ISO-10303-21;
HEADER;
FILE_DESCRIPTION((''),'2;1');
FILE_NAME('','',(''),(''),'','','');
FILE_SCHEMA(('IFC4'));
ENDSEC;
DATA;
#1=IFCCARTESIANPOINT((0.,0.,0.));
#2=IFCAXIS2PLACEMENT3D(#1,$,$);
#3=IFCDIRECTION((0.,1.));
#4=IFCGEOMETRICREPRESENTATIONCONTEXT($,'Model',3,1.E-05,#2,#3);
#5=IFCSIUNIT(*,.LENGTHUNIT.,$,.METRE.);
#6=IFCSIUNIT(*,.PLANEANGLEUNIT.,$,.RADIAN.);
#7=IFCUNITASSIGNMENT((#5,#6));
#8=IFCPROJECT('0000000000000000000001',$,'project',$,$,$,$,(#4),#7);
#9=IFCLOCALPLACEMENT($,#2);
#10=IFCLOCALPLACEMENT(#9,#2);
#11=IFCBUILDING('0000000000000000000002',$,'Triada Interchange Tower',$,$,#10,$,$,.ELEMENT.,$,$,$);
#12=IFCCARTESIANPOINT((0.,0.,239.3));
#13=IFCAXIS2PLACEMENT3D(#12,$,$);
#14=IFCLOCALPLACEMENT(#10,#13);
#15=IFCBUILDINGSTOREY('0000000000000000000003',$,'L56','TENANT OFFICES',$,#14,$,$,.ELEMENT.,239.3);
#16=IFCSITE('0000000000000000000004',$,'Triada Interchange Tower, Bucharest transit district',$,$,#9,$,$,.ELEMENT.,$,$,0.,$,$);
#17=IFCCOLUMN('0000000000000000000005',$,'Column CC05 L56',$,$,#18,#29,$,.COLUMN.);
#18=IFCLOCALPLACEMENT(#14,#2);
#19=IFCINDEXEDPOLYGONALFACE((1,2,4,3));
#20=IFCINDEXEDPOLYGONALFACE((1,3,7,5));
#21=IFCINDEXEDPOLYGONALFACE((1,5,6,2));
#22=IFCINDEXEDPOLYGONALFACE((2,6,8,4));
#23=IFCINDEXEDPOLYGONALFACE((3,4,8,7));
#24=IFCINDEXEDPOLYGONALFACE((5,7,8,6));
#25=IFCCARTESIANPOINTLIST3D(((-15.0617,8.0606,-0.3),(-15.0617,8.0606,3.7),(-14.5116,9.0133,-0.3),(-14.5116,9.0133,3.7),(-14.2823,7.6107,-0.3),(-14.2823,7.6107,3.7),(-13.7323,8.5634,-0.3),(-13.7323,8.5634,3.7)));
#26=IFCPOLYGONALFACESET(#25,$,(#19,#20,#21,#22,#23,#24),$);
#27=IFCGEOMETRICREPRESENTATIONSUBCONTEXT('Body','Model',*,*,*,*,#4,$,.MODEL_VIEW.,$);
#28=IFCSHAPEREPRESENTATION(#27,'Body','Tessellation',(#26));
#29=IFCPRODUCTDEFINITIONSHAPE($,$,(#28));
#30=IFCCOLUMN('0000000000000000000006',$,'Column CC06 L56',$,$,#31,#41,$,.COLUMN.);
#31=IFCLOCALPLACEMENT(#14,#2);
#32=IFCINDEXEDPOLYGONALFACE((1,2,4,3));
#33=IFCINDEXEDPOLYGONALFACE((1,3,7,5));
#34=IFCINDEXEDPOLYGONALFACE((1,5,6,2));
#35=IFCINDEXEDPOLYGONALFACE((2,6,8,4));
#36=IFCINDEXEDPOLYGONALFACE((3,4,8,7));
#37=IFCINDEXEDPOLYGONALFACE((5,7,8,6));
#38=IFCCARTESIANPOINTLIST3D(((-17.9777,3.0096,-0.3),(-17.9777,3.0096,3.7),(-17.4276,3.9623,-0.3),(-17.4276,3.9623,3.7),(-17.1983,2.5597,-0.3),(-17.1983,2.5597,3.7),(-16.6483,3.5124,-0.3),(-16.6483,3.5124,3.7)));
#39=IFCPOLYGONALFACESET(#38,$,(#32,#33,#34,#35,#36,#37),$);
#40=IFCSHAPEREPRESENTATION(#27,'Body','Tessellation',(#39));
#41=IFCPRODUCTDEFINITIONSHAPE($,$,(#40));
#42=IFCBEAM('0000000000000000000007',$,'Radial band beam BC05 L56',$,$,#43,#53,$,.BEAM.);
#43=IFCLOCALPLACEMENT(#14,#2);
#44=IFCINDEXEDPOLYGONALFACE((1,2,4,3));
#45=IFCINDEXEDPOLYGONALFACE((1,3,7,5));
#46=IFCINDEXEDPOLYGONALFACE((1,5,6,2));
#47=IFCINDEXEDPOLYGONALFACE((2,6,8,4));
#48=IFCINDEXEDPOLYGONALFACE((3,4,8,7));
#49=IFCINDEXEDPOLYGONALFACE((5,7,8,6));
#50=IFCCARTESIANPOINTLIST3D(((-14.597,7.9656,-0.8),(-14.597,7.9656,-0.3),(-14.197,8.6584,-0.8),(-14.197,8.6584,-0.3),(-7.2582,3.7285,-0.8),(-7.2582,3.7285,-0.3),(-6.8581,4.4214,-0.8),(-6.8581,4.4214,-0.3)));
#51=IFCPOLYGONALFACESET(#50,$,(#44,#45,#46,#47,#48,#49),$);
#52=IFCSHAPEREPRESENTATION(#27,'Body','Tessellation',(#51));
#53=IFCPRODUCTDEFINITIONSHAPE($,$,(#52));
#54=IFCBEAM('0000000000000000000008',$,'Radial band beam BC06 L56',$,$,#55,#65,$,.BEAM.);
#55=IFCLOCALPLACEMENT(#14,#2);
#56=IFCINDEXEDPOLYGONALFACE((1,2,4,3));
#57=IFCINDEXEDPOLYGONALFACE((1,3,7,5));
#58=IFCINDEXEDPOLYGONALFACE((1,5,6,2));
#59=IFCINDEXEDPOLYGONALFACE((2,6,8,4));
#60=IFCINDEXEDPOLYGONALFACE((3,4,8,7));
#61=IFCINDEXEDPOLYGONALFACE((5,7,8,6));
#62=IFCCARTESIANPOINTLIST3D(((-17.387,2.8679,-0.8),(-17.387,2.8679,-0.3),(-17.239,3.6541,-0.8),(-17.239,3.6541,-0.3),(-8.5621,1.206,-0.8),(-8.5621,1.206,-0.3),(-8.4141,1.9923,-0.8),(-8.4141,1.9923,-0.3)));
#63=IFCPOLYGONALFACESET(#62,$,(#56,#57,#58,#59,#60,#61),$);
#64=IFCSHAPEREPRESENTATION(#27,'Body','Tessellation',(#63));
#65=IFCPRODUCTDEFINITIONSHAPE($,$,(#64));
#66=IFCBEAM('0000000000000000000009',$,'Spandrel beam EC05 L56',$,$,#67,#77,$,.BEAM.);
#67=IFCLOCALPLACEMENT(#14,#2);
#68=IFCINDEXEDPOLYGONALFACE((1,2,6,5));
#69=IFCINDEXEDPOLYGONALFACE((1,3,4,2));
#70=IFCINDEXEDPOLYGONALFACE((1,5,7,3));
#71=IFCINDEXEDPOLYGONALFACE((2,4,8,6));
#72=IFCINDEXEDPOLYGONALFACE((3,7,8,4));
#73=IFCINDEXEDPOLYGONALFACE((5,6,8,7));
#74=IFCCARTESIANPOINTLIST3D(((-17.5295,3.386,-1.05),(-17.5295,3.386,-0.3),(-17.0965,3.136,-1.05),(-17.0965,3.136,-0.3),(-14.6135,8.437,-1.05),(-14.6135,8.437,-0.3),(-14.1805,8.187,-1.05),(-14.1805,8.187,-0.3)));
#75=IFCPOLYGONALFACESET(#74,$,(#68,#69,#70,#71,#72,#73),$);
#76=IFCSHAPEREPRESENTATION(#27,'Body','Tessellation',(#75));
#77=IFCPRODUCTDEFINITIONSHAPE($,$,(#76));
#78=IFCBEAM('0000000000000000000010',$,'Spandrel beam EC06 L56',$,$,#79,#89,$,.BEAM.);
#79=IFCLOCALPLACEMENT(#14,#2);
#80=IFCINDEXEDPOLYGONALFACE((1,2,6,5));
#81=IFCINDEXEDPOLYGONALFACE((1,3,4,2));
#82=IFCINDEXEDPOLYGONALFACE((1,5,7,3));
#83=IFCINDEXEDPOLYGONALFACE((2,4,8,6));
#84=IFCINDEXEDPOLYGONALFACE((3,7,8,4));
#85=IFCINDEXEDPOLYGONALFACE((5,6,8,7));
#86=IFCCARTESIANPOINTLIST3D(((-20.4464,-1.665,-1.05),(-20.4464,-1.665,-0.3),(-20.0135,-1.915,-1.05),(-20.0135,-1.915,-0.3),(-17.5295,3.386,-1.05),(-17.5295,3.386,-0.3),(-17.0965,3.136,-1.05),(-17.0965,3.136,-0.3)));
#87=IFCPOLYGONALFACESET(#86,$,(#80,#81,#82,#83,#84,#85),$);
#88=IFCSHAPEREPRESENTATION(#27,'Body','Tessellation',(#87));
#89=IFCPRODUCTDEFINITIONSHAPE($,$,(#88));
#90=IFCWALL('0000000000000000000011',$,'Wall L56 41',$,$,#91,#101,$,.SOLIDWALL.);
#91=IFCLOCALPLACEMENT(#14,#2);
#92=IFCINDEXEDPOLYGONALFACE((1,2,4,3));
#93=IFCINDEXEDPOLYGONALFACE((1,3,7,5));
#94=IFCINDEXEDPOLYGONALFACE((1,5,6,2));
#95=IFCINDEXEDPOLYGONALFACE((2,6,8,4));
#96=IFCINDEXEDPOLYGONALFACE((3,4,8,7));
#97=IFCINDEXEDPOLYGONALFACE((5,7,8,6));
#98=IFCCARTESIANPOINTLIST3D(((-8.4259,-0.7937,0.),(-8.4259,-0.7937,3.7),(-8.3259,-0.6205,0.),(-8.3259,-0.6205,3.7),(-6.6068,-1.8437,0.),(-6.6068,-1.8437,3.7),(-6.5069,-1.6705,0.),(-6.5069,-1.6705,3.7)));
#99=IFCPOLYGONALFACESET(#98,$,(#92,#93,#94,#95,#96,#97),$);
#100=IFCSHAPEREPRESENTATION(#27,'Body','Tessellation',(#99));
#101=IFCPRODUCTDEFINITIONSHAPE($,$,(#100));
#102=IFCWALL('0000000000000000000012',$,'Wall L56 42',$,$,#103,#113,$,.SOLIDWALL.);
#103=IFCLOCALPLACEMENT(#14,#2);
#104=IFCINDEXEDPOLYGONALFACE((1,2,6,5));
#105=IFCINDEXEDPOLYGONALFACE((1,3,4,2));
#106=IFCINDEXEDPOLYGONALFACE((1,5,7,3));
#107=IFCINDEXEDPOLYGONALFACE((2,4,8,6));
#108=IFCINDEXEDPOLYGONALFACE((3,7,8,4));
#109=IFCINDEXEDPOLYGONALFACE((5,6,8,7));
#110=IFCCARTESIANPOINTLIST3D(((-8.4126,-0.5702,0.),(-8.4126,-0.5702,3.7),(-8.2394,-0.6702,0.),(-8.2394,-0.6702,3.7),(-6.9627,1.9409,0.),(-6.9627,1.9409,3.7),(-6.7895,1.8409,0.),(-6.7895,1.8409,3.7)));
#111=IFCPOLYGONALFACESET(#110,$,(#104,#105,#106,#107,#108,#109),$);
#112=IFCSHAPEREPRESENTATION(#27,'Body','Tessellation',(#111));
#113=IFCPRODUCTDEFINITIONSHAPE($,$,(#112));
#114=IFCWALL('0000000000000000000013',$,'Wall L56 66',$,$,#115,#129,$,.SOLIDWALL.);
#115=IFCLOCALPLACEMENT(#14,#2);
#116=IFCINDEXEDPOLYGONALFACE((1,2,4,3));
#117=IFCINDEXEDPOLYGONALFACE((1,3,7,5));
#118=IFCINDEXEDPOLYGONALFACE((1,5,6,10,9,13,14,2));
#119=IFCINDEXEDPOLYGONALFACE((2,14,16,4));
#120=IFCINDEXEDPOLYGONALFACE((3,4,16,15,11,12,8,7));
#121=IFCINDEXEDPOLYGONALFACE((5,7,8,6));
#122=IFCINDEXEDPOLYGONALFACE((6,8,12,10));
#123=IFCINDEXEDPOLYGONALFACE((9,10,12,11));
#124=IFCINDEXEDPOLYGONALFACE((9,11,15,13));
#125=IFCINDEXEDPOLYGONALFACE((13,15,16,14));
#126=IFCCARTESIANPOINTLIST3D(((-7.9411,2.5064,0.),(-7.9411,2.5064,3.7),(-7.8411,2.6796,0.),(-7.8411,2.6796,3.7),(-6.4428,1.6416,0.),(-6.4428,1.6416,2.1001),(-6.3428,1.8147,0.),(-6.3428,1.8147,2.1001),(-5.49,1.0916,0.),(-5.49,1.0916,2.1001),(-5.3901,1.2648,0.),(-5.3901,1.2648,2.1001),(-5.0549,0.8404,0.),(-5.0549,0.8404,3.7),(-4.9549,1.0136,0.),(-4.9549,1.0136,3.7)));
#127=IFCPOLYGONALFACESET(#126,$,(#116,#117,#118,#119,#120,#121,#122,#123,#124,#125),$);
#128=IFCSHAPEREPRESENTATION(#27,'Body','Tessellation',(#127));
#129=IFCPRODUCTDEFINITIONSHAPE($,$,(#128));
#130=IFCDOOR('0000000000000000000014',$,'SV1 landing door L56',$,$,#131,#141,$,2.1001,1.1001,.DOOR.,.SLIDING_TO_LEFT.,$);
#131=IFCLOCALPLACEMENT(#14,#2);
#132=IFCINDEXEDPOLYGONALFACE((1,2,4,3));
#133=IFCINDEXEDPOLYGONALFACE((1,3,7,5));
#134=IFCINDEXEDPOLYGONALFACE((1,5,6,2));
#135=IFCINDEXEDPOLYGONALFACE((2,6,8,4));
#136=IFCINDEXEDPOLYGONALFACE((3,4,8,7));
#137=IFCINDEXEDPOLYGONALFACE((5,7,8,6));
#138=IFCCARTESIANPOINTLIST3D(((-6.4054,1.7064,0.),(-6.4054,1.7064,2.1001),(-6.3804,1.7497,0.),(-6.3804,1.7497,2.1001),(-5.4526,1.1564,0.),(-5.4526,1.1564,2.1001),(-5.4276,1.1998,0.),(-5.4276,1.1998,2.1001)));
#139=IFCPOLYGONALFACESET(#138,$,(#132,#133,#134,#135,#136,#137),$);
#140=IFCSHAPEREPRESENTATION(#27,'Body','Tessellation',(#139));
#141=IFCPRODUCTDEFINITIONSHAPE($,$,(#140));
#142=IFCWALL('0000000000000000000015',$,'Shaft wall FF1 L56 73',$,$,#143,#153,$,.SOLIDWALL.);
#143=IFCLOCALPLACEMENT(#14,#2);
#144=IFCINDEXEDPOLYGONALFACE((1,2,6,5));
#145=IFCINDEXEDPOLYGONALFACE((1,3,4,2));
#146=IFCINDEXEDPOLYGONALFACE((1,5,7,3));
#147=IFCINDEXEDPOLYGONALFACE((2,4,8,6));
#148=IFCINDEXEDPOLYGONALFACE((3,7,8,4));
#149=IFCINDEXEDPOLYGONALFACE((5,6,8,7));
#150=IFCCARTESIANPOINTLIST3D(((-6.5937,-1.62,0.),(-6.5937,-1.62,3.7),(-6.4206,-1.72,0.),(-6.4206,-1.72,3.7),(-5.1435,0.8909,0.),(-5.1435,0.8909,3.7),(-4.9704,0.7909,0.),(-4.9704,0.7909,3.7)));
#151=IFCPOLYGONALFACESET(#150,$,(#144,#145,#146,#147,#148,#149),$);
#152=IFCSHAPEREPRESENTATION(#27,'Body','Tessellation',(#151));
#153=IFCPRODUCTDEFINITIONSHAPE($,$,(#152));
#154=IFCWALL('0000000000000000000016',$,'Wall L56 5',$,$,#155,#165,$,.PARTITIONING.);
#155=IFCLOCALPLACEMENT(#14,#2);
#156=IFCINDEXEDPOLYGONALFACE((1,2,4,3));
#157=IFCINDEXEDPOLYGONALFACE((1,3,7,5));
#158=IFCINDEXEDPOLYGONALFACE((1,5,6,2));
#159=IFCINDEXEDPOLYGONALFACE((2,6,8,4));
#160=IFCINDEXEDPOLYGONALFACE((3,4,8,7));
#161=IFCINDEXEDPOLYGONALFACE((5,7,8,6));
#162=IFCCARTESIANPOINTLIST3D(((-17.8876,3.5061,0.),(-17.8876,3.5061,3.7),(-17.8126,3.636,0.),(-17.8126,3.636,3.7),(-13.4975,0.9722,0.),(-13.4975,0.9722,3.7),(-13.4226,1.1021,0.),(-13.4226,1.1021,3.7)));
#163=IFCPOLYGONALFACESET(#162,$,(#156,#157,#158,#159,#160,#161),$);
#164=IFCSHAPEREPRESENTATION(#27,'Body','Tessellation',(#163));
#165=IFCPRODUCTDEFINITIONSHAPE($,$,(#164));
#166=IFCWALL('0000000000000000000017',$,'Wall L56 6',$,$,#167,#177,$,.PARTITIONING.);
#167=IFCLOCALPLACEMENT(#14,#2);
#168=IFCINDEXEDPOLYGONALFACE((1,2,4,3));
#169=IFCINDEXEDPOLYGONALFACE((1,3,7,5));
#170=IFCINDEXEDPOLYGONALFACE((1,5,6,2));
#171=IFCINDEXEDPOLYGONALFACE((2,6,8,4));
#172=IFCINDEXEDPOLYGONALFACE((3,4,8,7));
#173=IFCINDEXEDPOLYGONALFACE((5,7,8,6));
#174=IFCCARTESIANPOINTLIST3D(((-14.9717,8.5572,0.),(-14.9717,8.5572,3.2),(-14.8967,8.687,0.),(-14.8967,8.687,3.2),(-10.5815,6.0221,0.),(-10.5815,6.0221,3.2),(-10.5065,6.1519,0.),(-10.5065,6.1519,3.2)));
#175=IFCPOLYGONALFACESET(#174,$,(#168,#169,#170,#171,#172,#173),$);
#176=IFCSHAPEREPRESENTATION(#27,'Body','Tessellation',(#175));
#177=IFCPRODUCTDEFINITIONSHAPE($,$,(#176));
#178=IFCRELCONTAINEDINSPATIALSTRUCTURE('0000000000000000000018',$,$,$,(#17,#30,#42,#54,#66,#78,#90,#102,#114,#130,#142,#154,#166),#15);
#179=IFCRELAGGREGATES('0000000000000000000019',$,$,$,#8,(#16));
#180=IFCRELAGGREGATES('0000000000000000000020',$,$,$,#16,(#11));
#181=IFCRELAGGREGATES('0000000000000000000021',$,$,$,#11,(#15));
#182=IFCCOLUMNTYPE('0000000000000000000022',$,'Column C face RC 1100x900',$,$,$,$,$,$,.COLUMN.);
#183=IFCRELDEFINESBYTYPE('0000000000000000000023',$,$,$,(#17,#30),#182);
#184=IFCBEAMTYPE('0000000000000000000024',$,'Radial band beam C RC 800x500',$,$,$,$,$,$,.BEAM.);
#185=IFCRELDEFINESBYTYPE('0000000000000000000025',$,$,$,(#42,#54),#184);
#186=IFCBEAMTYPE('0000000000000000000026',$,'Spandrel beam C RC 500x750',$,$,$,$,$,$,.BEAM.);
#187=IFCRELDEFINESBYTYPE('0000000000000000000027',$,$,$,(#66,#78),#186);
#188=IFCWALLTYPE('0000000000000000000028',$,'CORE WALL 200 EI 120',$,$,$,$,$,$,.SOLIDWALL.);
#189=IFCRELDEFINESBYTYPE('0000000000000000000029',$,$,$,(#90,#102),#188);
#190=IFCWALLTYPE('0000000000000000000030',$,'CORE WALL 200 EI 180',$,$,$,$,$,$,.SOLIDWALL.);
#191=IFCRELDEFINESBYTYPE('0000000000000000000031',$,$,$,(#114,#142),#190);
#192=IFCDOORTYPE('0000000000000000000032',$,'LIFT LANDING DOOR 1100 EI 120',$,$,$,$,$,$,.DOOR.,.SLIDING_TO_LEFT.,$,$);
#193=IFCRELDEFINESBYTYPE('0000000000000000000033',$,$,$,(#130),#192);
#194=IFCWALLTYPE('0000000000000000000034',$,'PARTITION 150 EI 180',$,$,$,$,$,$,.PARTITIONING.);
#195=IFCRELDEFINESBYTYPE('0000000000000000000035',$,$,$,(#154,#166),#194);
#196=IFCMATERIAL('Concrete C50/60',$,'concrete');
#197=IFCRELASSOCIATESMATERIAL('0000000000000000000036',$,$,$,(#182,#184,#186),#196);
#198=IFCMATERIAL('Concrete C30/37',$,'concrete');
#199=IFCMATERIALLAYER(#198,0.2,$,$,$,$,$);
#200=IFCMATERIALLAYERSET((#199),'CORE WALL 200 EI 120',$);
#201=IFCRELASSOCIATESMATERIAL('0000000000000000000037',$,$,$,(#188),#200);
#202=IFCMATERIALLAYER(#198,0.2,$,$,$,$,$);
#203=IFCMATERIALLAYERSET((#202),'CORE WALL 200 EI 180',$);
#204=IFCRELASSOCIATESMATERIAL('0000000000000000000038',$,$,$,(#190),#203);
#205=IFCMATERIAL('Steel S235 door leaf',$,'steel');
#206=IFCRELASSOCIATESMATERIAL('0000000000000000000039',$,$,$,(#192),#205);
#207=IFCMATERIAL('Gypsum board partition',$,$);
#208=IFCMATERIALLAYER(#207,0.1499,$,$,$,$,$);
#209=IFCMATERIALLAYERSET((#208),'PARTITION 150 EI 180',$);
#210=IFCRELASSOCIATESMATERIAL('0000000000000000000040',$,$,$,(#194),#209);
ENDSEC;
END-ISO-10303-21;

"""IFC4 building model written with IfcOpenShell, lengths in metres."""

from ifc_helpers import new_model, si_unit, direction, frame, frame_2d, origin, origin_2d, place, context, subcontext, project, spatial, rectangle, extrude, material, layer, layer_set, material_profile, profile_set, type_object, element, fill, save


model = new_model("IFC4")

# Units and contexts
model_context = context("Model", 3, precision=1e-05, world=origin(), true_north=direction((0.0, 1.0)))
body_context = subcontext(model_context, "Body", "Model", "MODEL_VIEW")
ifc_project = project(units=[si_unit("LENGTHUNIT", "METRE"), si_unit("PLANEANGLEUNIT", "RADIAN")], contexts=[model_context])

# Site, building, storey
site_placement = place(None, origin())
site = spatial("IfcSite", under=ifc_project, at=site_placement, Name="Triada Interchange Tower, Bucharest transit district", CompositionType="ELEMENT", RefElevation=0.0)
building_placement = place(site_placement, origin())
building = spatial("IfcBuilding", under=site, at=building_placement, Name="Triada Interchange Tower", CompositionType="ELEMENT")
storey_placement = place(building_placement, frame((0.0, 0.0, 239.3)))
storey = spatial("IfcBuildingStorey", under=building, at=storey_placement, Name="L56", Description="TENANT OFFICES", CompositionType="ELEMENT", Elevation=239.3)

# Columns
ifc_material_1 = material(Name="Concrete C50/60", Category="concrete")
ifc_material_profile_1 = material_profile(ifc_material_1, rectangle(XDim=1.1001, YDim=0.8999, at=origin_2d()), Name="RC 1100x900")
ifc_profile_set_1 = profile_set([ifc_material_profile_1], Name="Concrete C50/60")
column_type = type_object("IfcColumnType", Name="Column C face RC 1100x900", PredefinedType="COLUMN", material=ifc_profile_set_1)
for number, where, z_axis, x_axis, name in (
    (1, (-14.397, 8.312, -0.3), (0.0, 0.0, 1.0), (0.5, 0.866025, 0.0), "Column CC05 L56"),
    (2, (-17.313, 3.261, -0.3), (0.0, 0.0, 1.0), (0.5, 0.866025, 0.0), "Column CC06 L56"),
):
    element("IfcColumn", number, at=place(storey_placement, frame(where, z_axis=z_axis, x_axis=x_axis)), inside=storey, type_object=column_type, Name=name, PredefinedType="COLUMN", context=body_context, shape_type="SweptSolid", body=[
        extrude(rectangle(XDim=1.1001, YDim=0.8999, at=origin_2d()), origin(), (0.0, 0.0, 1.0), 4.0),
    ])

# Beams
ifc_material_profile_2 = material_profile(ifc_material_1, rectangle(XDim=0.8, YDim=0.5, at=origin_2d()), Name="RC 800x500")
ifc_profile_set_2 = profile_set([ifc_material_profile_2], Name="Concrete C50/60")
beam_type_1 = type_object("IfcBeamType", Name="Radial band beam C RC 800x500", PredefinedType="BEAM", material=ifc_profile_set_2)
beam_1_placement = place(storey_placement, frame((-14.397, 8.312, -0.55), z_axis=(0.866027, -0.499997, 0.0), x_axis=(0.499997, 0.866027, 0.0)))
element("IfcBeam", 3, at=beam_1_placement, inside=storey, type_object=beam_type_1, Name="Radial band beam BC05 L56", PredefinedType="BEAM", context=body_context, shape_type="SweptSolid", body=[
    extrude(rectangle(XDim=0.8, YDim=0.5, at=origin_2d()), origin(), (0.0, 0.0, 1.0), 8.4741),
])
beam_2_placement = place(storey_placement, frame((-17.313, 3.261, -0.55), z_axis=(0.982727, -0.185062, 0.0), x_axis=(0.185062, 0.982727, 0.0)))
element("IfcBeam", 4, at=beam_2_placement, inside=storey, type_object=beam_type_1, Name="Radial band beam BC06 L56", PredefinedType="BEAM", context=body_context, shape_type="SweptSolid", body=[
    extrude(rectangle(XDim=0.8, YDim=0.5, at=origin_2d()), origin(), (0.0, 0.0, 1.0), 8.98),
])
ifc_material_profile_3 = material_profile(ifc_material_1, rectangle(XDim=0.5, YDim=0.75, at=origin_2d()), Name="RC 500x750")
ifc_profile_set_3 = profile_set([ifc_material_profile_3], Name="Concrete C50/60")
beam_type_2 = type_object("IfcBeamType", Name="Spandrel beam C RC 500x750", PredefinedType="BEAM", material=ifc_profile_set_3)
beam_3_placement = place(storey_placement, frame((-14.397, 8.312, -0.675), z_axis=(-0.499975, -0.86604, 0.0), x_axis=(0.86604, -0.499975, 0.0)))
element("IfcBeam", 5, at=beam_3_placement, inside=storey, type_object=beam_type_2, Name="Spandrel beam EC05 L56", PredefinedType="BEAM", context=body_context, shape_type="SweptSolid", body=[
    extrude(rectangle(XDim=0.5, YDim=0.75, at=origin_2d()), origin(), (0.0, 0.0, 1.0), 5.8323),
])
beam_4_placement = place(storey_placement, frame((-17.313, 3.261, -0.675), z_axis=(-0.5001, -0.865967, 0.0), x_axis=(0.865967, -0.5001, 0.0)))
element("IfcBeam", 6, at=beam_4_placement, inside=storey, type_object=beam_type_2, Name="Spandrel beam EC06 L56", PredefinedType="BEAM", context=body_context, shape_type="SweptSolid", body=[
    extrude(rectangle(XDim=0.5, YDim=0.75, at=origin_2d()), origin(), (0.0, 0.0, 1.0), 5.8328),
])

# Walls
ifc_material_2 = material(Name="Concrete C30/37", Category="concrete")
ifc_layer_1 = layer(ifc_material_2, 0.2)
ifc_layer_set_1 = layer_set([ifc_layer_1], Name="CORE WALL 200 EI 120")
wall_type_1 = type_object("IfcWallType", Name="CORE WALL 200 EI 120", PredefinedType="SOLIDWALL", material=ifc_layer_set_1)
wall_1_placement = place(storey_placement, frame((-8.376, -0.707, 0.0), z_axis=(0.0, 0.0, 1.0), x_axis=(0.866068, -0.499927, 0.0)))
element("IfcWall", 7, at=wall_1_placement, inside=storey, type_object=wall_type_1, Name="Wall L56 41", PredefinedType="SOLIDWALL", context=body_context, shape_type="SweptSolid", body=[
    extrude(rectangle(XDim=2.1003, YDim=0.2, at=frame_2d((1.0503, 0.0))), origin(), (0.0, 0.0, 1.0), 3.7),
])
wall_2_placement = place(storey_placement, frame((-8.3259, -0.6201, 0.0), z_axis=(0.0, 0.0, 1.0), x_axis=(0.500024, 0.866012, 0.0)))
element("IfcWall", 8, at=wall_2_placement, inside=storey, type_object=wall_type_1, Name="Wall L56 42", PredefinedType="SOLIDWALL", context=body_context, shape_type="SweptSolid", body=[
    extrude(rectangle(XDim=2.8997, YDim=0.2, at=frame_2d((1.4497, 0.0))), origin(), (0.0, 0.0, 1.0), 3.7),
])

# Wall, opening, door
ifc_layer_2 = layer(ifc_material_2, 0.2)
ifc_layer_set_2 = layer_set([ifc_layer_2], Name="CORE WALL 200 EI 180")
wall_type_2 = type_object("IfcWallType", Name="CORE WALL 200 EI 180", PredefinedType="SOLIDWALL", material=ifc_layer_set_2)
wall_3_placement = place(storey_placement, frame((-7.8911, 2.593, 0.0), z_axis=(0.0, 0.0, 1.0), x_axis=(0.866071, -0.499921, 0.0)))
wall_3 = element("IfcWall", 9, at=wall_3_placement, inside=storey, type_object=wall_type_2, Name="Wall L56 66", PredefinedType="SOLIDWALL", context=body_context, shape_type="SweptSolid", body=[
    extrude(rectangle(XDim=3.3325, YDim=0.2, at=frame_2d((1.6663, 0.0))), origin(), (0.0, 0.0, 1.0), 3.7),
])
opening_placement = place(wall_3_placement, frame((1.73, 0.0, 0.0)))
opening = element("IfcOpeningElement", 10, at=opening_placement, cuts=wall_3, PredefinedType="OPENING", context=body_context, shape_type="SweptSolid", body=[
    extrude(rectangle(XDim=1.1001, YDim=2.1001, at=frame_2d((0.55, 1.05))), frame((0.0, 0.1099, 0.0), z_axis=(0.0, -1.0, 0.0), x_axis=(1.0, 0.0, 0.0)), (0.0, 0.0, 1.0), 0.22),
])
ifc_material_3 = material(Name="Steel S235 door leaf", Category="steel")
door_type = type_object("IfcDoorType", Name="LIFT LANDING DOOR 1100 EI 120", OperationType="SLIDING_TO_LEFT", PredefinedType="DOOR", material=ifc_material_3)
door_placement = place(opening_placement, origin())
door = element("IfcDoor", 11, at=door_placement, inside=storey, type_object=door_type, Name="SV1 landing door L56", OperationType="SLIDING_TO_LEFT", OverallHeight=2.1001, OverallWidth=1.1001, PredefinedType="DOOR", context=body_context, shape_type="SweptSolid", body=[
    extrude(rectangle(XDim=1.1001, YDim=2.1001, at=frame_2d((0.55, 1.05))), frame((0.0, 0.0249, 0.0), z_axis=(0.0, -1.0, 0.0), x_axis=(1.0, 0.0, 0.0)), (0.0, 0.0, 1.0), 0.05),
])
fill(opening, door)

# Walls
wall_4_placement = place(storey_placement, frame((-6.5071, -1.6699, 0.0), z_axis=(0.0, 0.0, 1.0), x_axis=(0.500123, 0.865954, 0.0)))
element("IfcWall", 12, at=wall_4_placement, inside=storey, type_object=wall_type_2, Name="Shaft wall FF1 L56 73", PredefinedType="SOLIDWALL", context=body_context, shape_type="SweptSolid", body=[
    extrude(rectangle(XDim=2.8997, YDim=0.2, at=frame_2d((1.4497, 0.0))), origin(), (0.0, 0.0, 1.0), 3.7),
])
ifc_material_4 = material(Name="Gypsum board partition")
ifc_layer_3 = layer(ifc_material_4, 0.1499)
ifc_layer_set_3 = layer_set([ifc_layer_3], Name="PARTITION 150 EI 180")
wall_type_3 = type_object("IfcWallType", Name="PARTITION 150 EI 180", PredefinedType="PARTITIONING", material=ifc_layer_set_3)
wall_5_placement = place(storey_placement, frame((-17.8501, 3.571, 0.0), z_axis=(0.0, 0.0, 1.0), x_axis=(0.866086, -0.499895, 0.0)))
element("IfcWall", 13, at=wall_5_placement, inside=storey, type_object=wall_type_3, Name="Wall L56 5", PredefinedType="PARTITIONING", context=body_context, shape_type="SweptSolid", body=[
    extrude(rectangle(XDim=5.0688, YDim=0.1499, at=frame_2d((2.5344, 0.0))), origin(), (0.0, 0.0, 1.0), 3.7),
])
wall_6_placement = place(storey_placement, frame((-14.9341, 8.6221, 0.0), z_axis=(0.0, 0.0, 1.0), x_axis=(0.865982, -0.500075, 0.0)))
element("IfcWall", 14, at=wall_6_placement, inside=storey, type_object=wall_type_3, Name="Wall L56 6", PredefinedType="PARTITIONING", context=body_context, shape_type="SweptSolid", body=[
    extrude(rectangle(XDim=5.0696, YDim=0.1499, at=frame_2d((2.5347, 0.0))), origin(), (0.0, 0.0, 1.0), 3.2),
])

save(model, "model.ifc")
